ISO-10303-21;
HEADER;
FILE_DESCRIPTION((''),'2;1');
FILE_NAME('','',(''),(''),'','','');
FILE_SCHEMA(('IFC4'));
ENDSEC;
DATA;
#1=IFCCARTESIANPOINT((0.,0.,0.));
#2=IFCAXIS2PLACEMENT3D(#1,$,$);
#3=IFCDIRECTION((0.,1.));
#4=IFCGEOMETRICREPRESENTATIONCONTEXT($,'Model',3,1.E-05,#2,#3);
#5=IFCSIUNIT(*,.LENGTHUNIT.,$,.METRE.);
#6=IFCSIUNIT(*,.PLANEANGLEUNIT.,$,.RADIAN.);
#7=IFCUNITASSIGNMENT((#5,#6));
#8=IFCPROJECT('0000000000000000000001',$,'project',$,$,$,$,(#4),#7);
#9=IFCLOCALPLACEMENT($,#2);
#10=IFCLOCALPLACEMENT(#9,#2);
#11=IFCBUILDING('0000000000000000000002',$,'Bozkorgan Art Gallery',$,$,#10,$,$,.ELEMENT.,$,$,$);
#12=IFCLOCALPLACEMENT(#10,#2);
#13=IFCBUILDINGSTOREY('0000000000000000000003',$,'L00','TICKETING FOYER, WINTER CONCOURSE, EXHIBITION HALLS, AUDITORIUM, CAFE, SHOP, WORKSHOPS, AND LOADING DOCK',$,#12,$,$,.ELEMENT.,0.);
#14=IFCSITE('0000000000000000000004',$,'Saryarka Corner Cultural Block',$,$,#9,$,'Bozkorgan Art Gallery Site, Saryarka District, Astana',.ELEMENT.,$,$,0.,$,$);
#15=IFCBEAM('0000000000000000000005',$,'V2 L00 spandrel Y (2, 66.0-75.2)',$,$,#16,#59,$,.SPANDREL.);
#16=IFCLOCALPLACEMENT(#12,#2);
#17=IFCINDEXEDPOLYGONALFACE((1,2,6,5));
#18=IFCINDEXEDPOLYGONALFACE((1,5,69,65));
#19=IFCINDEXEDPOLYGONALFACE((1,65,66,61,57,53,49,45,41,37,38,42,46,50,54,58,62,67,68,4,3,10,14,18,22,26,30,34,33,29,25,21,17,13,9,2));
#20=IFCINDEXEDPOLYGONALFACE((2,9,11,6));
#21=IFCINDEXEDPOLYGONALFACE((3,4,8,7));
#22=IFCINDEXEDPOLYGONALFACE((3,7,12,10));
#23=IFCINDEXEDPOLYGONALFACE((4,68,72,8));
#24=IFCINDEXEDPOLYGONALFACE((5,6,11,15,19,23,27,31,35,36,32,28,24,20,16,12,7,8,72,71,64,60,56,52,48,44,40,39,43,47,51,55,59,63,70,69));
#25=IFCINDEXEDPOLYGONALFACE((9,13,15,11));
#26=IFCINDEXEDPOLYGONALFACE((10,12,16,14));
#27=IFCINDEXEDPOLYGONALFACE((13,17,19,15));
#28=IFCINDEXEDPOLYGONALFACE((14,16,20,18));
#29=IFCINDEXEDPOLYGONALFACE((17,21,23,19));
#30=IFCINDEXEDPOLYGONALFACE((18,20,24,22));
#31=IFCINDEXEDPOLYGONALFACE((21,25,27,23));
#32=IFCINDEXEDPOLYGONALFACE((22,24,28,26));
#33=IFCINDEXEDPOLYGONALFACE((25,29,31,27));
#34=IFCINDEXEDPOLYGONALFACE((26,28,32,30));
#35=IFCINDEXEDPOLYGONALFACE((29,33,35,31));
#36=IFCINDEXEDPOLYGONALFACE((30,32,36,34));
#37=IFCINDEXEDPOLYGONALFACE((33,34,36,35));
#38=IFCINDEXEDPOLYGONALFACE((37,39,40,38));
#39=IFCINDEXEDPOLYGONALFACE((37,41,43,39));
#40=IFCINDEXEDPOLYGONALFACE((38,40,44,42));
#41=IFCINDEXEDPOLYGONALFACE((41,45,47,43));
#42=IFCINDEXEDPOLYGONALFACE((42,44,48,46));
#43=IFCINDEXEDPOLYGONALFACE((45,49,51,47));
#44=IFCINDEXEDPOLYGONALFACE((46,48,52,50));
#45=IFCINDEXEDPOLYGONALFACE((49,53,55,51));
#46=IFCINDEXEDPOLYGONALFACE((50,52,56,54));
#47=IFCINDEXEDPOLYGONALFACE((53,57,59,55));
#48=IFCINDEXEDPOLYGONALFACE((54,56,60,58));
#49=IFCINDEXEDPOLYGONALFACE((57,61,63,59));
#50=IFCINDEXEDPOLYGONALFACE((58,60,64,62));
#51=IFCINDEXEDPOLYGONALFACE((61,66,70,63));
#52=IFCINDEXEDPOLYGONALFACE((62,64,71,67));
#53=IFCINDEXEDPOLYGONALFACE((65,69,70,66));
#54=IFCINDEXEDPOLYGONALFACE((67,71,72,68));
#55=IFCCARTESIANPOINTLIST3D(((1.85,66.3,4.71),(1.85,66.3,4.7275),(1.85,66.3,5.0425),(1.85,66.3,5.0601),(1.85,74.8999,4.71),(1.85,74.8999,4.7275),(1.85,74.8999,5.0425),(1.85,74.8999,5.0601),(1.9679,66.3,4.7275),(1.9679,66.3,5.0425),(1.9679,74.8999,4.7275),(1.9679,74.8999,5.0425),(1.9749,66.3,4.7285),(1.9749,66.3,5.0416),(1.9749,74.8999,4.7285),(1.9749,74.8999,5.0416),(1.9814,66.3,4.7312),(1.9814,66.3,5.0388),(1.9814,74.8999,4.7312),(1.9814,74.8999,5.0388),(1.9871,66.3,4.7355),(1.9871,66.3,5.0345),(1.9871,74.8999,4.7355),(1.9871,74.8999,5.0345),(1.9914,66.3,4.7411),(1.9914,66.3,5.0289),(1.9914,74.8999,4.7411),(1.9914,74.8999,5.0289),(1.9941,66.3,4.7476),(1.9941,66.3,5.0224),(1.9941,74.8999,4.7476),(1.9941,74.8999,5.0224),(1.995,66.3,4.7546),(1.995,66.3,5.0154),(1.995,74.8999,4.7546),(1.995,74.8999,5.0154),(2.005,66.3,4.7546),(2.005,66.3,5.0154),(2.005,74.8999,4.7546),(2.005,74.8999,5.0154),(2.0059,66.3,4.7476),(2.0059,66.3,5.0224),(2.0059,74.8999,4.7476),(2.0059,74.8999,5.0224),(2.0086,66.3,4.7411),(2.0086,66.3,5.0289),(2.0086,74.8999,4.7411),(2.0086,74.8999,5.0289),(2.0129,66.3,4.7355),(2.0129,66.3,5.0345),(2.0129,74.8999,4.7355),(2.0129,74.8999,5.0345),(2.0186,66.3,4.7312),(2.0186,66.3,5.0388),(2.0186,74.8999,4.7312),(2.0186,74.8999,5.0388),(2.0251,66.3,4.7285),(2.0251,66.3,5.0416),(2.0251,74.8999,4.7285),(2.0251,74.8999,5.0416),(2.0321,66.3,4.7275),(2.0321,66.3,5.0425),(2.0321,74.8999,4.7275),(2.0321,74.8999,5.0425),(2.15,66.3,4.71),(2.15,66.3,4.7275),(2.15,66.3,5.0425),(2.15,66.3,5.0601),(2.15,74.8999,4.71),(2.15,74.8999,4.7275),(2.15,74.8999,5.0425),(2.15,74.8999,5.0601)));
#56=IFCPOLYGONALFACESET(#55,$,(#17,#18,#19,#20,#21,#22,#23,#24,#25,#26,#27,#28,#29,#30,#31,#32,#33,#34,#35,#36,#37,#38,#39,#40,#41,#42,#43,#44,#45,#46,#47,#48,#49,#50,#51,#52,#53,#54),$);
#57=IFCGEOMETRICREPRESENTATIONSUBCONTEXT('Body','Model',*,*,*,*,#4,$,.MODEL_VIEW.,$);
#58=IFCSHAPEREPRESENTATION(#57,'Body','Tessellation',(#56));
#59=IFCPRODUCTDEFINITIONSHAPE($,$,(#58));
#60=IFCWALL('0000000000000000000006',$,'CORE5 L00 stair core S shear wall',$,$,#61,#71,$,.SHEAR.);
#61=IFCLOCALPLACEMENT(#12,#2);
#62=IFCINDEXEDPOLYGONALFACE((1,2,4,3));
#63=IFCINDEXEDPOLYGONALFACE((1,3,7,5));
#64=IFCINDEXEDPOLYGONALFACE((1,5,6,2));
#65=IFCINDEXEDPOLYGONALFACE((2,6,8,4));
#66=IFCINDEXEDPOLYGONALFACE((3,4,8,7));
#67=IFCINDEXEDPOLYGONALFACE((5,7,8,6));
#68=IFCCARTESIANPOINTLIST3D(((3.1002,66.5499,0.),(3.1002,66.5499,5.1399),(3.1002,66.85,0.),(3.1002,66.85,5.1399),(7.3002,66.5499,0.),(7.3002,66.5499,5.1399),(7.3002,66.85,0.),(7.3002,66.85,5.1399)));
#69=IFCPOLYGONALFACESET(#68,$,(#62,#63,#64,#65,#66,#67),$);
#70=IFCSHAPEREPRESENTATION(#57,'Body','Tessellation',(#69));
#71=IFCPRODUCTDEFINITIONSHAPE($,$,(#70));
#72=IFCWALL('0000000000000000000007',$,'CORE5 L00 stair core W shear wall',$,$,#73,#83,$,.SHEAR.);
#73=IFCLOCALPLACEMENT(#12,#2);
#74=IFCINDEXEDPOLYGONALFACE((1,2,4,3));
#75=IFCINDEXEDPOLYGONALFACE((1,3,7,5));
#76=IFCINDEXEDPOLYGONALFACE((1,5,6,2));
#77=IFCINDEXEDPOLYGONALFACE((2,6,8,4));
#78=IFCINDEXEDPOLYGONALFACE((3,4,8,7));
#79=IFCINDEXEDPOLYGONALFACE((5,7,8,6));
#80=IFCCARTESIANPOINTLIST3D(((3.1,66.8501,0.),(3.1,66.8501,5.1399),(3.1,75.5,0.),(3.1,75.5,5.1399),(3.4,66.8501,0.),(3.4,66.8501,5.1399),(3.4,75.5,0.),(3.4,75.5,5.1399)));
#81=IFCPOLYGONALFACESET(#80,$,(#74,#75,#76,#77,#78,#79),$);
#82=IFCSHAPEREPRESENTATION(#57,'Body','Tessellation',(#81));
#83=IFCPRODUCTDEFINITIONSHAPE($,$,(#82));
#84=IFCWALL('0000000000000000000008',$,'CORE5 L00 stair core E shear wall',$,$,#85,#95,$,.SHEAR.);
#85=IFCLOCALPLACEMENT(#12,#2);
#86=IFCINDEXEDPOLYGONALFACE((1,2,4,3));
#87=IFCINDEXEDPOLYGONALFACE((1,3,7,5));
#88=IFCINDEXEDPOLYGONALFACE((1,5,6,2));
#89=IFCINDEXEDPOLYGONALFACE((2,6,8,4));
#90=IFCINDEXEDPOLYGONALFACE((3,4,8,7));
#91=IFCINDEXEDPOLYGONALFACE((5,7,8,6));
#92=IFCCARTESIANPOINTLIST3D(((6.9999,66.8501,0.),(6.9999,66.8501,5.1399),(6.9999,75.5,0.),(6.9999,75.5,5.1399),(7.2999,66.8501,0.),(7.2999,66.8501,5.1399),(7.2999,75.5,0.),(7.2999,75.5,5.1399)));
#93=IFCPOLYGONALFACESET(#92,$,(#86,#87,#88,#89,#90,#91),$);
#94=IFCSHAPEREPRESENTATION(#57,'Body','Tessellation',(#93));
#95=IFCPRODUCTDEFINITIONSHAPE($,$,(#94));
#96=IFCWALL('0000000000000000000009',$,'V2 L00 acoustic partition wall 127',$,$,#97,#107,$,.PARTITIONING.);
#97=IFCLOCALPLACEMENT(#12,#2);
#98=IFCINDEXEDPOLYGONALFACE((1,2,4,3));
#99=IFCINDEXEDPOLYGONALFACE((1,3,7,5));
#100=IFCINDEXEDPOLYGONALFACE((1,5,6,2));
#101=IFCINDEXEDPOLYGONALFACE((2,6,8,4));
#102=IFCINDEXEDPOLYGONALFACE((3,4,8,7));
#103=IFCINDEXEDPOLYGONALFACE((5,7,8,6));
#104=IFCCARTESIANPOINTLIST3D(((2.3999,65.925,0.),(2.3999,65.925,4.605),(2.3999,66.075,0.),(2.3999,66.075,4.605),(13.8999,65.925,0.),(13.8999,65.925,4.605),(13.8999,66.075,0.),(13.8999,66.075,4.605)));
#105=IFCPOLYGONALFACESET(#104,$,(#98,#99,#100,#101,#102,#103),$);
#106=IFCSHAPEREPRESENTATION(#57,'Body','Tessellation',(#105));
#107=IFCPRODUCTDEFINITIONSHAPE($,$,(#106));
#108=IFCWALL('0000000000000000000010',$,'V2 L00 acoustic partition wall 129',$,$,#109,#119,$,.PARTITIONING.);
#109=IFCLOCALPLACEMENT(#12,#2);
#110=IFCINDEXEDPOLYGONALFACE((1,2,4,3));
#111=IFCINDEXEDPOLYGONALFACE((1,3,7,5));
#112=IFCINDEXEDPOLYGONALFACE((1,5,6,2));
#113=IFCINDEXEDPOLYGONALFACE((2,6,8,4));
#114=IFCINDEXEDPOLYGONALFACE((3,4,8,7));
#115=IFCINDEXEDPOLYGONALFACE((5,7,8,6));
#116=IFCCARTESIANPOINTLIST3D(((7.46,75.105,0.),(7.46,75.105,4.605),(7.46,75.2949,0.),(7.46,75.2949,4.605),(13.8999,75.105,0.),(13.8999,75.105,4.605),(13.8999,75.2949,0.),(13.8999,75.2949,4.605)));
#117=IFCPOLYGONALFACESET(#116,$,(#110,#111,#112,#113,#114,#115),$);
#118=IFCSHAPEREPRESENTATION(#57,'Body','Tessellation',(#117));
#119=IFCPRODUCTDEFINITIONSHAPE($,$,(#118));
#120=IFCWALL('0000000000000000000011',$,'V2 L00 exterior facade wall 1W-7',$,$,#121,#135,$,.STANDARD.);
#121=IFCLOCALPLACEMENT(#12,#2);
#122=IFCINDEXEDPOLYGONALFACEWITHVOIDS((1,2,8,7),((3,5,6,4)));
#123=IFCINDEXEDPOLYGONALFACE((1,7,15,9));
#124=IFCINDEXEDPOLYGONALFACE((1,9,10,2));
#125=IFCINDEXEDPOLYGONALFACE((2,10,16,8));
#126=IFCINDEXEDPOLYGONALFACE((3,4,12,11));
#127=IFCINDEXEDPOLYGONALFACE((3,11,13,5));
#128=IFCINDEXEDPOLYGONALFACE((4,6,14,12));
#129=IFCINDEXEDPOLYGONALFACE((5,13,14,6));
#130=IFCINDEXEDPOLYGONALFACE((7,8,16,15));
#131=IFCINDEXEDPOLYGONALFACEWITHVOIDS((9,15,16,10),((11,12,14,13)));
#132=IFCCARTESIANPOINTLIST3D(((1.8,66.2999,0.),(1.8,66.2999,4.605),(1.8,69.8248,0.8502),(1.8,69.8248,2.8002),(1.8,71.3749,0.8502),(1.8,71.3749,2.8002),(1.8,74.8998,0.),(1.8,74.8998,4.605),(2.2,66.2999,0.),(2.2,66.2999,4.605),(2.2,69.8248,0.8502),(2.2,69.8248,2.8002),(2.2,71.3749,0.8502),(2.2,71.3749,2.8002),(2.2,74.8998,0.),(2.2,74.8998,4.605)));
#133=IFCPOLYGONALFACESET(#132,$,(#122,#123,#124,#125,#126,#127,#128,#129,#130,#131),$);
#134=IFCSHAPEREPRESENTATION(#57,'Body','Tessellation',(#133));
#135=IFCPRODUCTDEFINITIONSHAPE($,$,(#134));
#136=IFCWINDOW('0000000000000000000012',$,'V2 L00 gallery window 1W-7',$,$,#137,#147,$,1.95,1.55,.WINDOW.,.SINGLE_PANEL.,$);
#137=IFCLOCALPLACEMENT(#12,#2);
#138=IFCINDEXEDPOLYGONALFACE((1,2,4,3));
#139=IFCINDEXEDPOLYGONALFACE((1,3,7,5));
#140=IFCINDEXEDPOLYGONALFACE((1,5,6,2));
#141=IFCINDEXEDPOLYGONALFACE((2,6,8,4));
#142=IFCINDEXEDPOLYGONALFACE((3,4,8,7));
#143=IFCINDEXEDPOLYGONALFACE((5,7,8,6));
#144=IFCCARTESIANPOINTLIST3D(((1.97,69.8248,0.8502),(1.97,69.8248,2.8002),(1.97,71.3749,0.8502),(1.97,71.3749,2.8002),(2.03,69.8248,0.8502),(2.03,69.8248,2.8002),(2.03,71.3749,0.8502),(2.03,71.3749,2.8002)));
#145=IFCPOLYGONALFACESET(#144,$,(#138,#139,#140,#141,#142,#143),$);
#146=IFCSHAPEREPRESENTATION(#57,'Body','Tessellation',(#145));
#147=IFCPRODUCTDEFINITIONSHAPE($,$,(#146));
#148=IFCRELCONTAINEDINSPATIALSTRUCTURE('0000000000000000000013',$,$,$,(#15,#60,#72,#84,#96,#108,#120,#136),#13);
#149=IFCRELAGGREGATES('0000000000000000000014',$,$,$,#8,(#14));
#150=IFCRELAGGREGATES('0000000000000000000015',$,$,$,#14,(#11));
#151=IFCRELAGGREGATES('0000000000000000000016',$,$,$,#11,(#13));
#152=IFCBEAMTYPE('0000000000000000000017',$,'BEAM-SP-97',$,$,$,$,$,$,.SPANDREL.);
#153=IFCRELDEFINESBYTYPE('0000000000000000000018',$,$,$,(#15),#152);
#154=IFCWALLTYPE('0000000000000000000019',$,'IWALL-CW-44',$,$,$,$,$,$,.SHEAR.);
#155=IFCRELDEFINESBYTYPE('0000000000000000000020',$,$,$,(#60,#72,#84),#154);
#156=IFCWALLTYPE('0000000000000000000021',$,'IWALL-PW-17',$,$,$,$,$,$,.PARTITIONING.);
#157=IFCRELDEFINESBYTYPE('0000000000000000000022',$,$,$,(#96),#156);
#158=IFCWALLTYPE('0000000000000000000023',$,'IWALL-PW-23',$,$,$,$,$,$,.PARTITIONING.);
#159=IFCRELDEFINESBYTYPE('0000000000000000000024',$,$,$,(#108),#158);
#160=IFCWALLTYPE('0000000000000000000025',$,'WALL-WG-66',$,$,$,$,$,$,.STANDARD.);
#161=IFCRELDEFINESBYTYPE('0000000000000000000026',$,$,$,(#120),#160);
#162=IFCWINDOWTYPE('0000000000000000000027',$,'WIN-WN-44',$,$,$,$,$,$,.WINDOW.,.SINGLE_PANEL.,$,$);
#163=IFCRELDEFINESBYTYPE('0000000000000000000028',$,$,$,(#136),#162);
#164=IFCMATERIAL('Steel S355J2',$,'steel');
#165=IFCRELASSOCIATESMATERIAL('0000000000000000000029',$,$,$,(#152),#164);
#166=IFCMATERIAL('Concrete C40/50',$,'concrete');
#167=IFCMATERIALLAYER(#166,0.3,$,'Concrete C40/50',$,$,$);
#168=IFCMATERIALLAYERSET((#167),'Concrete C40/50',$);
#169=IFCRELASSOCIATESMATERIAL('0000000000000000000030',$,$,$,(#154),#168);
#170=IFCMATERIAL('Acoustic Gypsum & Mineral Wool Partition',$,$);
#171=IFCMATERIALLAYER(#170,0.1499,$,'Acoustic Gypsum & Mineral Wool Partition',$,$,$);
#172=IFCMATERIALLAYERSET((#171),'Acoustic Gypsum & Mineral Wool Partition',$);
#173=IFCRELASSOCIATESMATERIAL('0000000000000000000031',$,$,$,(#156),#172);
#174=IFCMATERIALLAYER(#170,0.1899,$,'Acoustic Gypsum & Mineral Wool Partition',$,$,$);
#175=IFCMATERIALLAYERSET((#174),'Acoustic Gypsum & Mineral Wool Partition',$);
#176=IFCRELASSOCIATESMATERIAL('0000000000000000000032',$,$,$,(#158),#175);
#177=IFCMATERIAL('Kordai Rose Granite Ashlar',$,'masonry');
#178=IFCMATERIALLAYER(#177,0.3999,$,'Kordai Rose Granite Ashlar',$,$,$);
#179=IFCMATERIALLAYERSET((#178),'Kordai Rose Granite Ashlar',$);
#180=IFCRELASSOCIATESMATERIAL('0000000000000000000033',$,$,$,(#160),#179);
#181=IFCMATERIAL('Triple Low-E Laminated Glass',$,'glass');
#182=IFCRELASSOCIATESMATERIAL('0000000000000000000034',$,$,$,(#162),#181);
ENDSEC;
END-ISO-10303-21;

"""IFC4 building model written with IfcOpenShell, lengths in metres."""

from ifc_helpers import new_model, si_unit, direction, frame, frame_2d, origin, origin_2d, place, context, subcontext, project, spatial, rectangle, i_section, extrude, material, layer, layer_set, material_profile, profile_set, type_object, element, fill, save


model = new_model("IFC4")

# Units and contexts
model_context = context("Model", 3, precision=1e-05, world=origin(), true_north=direction((0.0, 1.0)))
body_context = subcontext(model_context, "Body", "Model", "MODEL_VIEW")
ifc_project = project(units=[si_unit("LENGTHUNIT", "METRE"), si_unit("PLANEANGLEUNIT", "RADIAN")], contexts=[model_context])

# Site, building, storey
site_placement = place(None, origin())
site = spatial("IfcSite", under=ifc_project, at=site_placement, Name="Saryarka Corner Cultural Block", LongName="Bozkorgan Art Gallery Site, Saryarka District, Astana", CompositionType="ELEMENT", RefElevation=0.0)
building_placement = place(site_placement, origin())
building = spatial("IfcBuilding", under=site, at=building_placement, Name="Bozkorgan Art Gallery", CompositionType="ELEMENT")
storey_placement = place(building_placement, origin())
storey = spatial("IfcBuildingStorey", under=building, at=storey_placement, Name="L00", Description="TICKETING FOYER, WINTER CONCOURSE, EXHIBITION HALLS, AUDITORIUM, CAFE, SHOP, WORKSHOPS, AND LOADING DOCK", CompositionType="ELEMENT", Elevation=0.0)

# Shared definitions
ifc_material_1 = material(Name="Concrete C40/50", Category="concrete")

# Beam
ifc_material_2 = material(Name="Steel S355J2", Category="steel")
ifc_material_profile_1 = material_profile(ifc_material_2, i_section(OverallWidth=0.3, OverallDepth=0.3501, WebThickness=0.01, FlangeThickness=0.0176, FilletRadius=0.0271, at=origin_2d()), Name="HEA 360")
ifc_profile_set_1 = profile_set([ifc_material_profile_1], Name="Steel S355J2")
beam_type_1 = type_object("IfcBeamType", Name="BEAM-SP-97", PredefinedType="SPANDREL", material=ifc_profile_set_1)
beam_1_placement = place(storey_placement, frame((2.0, 66.3, 4.885), z_axis=(0.0, 1.0, 0.0), x_axis=(-1.0, 0.0, 0.0)))
element("IfcBeam", 1, at=beam_1_placement, inside=storey, type_object=beam_type_1, Name="V2 L00 spandrel Y (2, 66.0-75.2)", PredefinedType="SPANDREL", context=body_context, shape_type="SweptSolid", body=[
    extrude(i_section(OverallWidth=0.3, OverallDepth=0.3501, WebThickness=0.01, FlangeThickness=0.0176, FilletRadius=0.0271, at=origin_2d()), origin(), (0.0, 0.0, 1.0), 8.5999),
])

# Walls
ifc_layer_1 = layer(ifc_material_1, 0.3, Name="Concrete C40/50")
ifc_layer_set_1 = layer_set([ifc_layer_1], Name="Concrete C40/50")
wall_type_1 = type_object("IfcWallType", Name="IWALL-CW-44", PredefinedType="SHEAR", material=ifc_layer_set_1)
wall_1_placement = place(storey_placement, frame((3.1001, 66.7, 0.0), z_axis=(0.0, 0.0, 1.0), x_axis=(1.0, 0.0, 0.0)))
element("IfcWall", 2, at=wall_1_placement, inside=storey, type_object=wall_type_1, Name="CORE5 L00 stair core S shear wall", PredefinedType="SHEAR", context=body_context, shape_type="SweptSolid", body=[
    extrude(rectangle(XDim=4.2, YDim=0.3, at=frame_2d((2.1001, 0.0))), origin(), (0.0, 0.0, 1.0), 5.1399),
])
for number, where, z_axis, x_axis, name in (
    (3, (3.25, 66.8501, 0.0), (0.0, 0.0, 1.0), (0.0, 1.0, 0.0), "CORE5 L00 stair core W shear wall"),
    (4, (7.1499, 66.8501, 0.0), (0.0, 0.0, 1.0), (0.0, 1.0, 0.0), "CORE5 L00 stair core E shear wall"),
):
    element("IfcWall", number, at=place(storey_placement, frame(where, z_axis=z_axis, x_axis=x_axis)), inside=storey, type_object=wall_type_1, Name=name, PredefinedType="SHEAR", context=body_context, shape_type="SweptSolid", body=[
        extrude(rectangle(XDim=8.6499, YDim=0.3, at=frame_2d((4.325, 0.0))), origin(), (0.0, 0.0, 1.0), 5.1399),
    ])
ifc_material_3 = material(Name="Acoustic Gypsum & Mineral Wool Partition")
ifc_layer_2 = layer(ifc_material_3, 0.1499, Name="Acoustic Gypsum & Mineral Wool Partition")
ifc_layer_set_2 = layer_set([ifc_layer_2], Name="Acoustic Gypsum & Mineral Wool Partition")
wall_type_2 = type_object("IfcWallType", Name="IWALL-PW-17", PredefinedType="PARTITIONING", material=ifc_layer_set_2)
wall_2_placement = place(storey_placement, frame((2.3999, 66.0, 0.0), z_axis=(0.0, 0.0, 1.0), x_axis=(1.0, 0.0, 0.0)))
element("IfcWall", 5, at=wall_2_placement, inside=storey, type_object=wall_type_2, Name="V2 L00 acoustic partition wall 127", PredefinedType="PARTITIONING", context=body_context, shape_type="SweptSolid", body=[
    extrude(rectangle(XDim=11.5, YDim=0.1499, at=frame_2d((5.75, 0.0))), origin(), (0.0, 0.0, 1.0), 4.605),
])
ifc_layer_3 = layer(ifc_material_3, 0.1899, Name="Acoustic Gypsum & Mineral Wool Partition")
ifc_layer_set_3 = layer_set([ifc_layer_3], Name="Acoustic Gypsum & Mineral Wool Partition")
wall_type_3 = type_object("IfcWallType", Name="IWALL-PW-23", PredefinedType="PARTITIONING", material=ifc_layer_set_3)
wall_3_placement = place(storey_placement, frame((7.46, 75.2, 0.0), z_axis=(0.0, 0.0, 1.0), x_axis=(1.0, 0.0, 0.0)))
element("IfcWall", 6, at=wall_3_placement, inside=storey, type_object=wall_type_3, Name="V2 L00 acoustic partition wall 129", PredefinedType="PARTITIONING", context=body_context, shape_type="SweptSolid", body=[
    extrude(rectangle(XDim=6.4399, YDim=0.1899, at=frame_2d((3.22, 0.0))), origin(), (0.0, 0.0, 1.0), 4.605),
])

# Wall, opening, window
ifc_material_4 = material(Name="Kordai Rose Granite Ashlar", Category="masonry")
ifc_layer_4 = layer(ifc_material_4, 0.3999, Name="Kordai Rose Granite Ashlar")
ifc_layer_set_4 = layer_set([ifc_layer_4], Name="Kordai Rose Granite Ashlar")
wall_type_4 = type_object("IfcWallType", Name="WALL-WG-66", PredefinedType="STANDARD", material=ifc_layer_set_4)
wall_4_placement = place(storey_placement, frame((2.0, 66.3, 0.0), z_axis=(0.0, 0.0, 1.0), x_axis=(0.0, 1.0, 0.0)))
wall_4 = element("IfcWall", 7, at=wall_4_placement, inside=storey, type_object=wall_type_4, Name="V2 L00 exterior facade wall 1W-7", PredefinedType="STANDARD", context=body_context, shape_type="SweptSolid", body=[
    extrude(rectangle(XDim=8.5999, YDim=0.3999, at=frame_2d((4.2998, 0.0))), origin(), (0.0, 0.0, 1.0), 4.605),
])
opening_placement = place(wall_4_placement, frame((3.5249, 0.0, 0.8501)))
opening = element("IfcOpeningElement", 8, at=opening_placement, cuts=wall_4, PredefinedType="OPENING", context=body_context, shape_type="SweptSolid", body=[
    extrude(rectangle(XDim=1.55, YDim=1.95, at=frame_2d((0.7749, 0.9751))), frame((0.0, 0.21, 0.0), z_axis=(0.0, -1.0, 0.0), x_axis=(1.0, 0.0, 0.0)), (0.0, 0.0, 1.0), 0.4199),
])
ifc_material_5 = material(Name="Triple Low-E Laminated Glass", Category="glass")
window_type = type_object("IfcWindowType", Name="WIN-WN-44", PartitioningType="SINGLE_PANEL", PredefinedType="WINDOW", material=ifc_material_5)
window_placement = place(opening_placement, origin())
window = element("IfcWindow", 9, at=window_placement, inside=storey, type_object=window_type, Name="V2 L00 gallery window 1W-7", OverallHeight=1.95, OverallWidth=1.55, PartitioningType="SINGLE_PANEL", PredefinedType="WINDOW", context=body_context, shape_type="SweptSolid", body=[
    extrude(rectangle(XDim=1.55, YDim=1.95, at=frame_2d((0.7749, 0.9751))), frame((0.0, 0.03, 0.0), z_axis=(0.0, -1.0, 0.0), x_axis=(1.0, 0.0, 0.0)), (0.0, 0.0, 1.0), 0.0601),
])
fill(opening, window)

save(model, "model.ifc")
